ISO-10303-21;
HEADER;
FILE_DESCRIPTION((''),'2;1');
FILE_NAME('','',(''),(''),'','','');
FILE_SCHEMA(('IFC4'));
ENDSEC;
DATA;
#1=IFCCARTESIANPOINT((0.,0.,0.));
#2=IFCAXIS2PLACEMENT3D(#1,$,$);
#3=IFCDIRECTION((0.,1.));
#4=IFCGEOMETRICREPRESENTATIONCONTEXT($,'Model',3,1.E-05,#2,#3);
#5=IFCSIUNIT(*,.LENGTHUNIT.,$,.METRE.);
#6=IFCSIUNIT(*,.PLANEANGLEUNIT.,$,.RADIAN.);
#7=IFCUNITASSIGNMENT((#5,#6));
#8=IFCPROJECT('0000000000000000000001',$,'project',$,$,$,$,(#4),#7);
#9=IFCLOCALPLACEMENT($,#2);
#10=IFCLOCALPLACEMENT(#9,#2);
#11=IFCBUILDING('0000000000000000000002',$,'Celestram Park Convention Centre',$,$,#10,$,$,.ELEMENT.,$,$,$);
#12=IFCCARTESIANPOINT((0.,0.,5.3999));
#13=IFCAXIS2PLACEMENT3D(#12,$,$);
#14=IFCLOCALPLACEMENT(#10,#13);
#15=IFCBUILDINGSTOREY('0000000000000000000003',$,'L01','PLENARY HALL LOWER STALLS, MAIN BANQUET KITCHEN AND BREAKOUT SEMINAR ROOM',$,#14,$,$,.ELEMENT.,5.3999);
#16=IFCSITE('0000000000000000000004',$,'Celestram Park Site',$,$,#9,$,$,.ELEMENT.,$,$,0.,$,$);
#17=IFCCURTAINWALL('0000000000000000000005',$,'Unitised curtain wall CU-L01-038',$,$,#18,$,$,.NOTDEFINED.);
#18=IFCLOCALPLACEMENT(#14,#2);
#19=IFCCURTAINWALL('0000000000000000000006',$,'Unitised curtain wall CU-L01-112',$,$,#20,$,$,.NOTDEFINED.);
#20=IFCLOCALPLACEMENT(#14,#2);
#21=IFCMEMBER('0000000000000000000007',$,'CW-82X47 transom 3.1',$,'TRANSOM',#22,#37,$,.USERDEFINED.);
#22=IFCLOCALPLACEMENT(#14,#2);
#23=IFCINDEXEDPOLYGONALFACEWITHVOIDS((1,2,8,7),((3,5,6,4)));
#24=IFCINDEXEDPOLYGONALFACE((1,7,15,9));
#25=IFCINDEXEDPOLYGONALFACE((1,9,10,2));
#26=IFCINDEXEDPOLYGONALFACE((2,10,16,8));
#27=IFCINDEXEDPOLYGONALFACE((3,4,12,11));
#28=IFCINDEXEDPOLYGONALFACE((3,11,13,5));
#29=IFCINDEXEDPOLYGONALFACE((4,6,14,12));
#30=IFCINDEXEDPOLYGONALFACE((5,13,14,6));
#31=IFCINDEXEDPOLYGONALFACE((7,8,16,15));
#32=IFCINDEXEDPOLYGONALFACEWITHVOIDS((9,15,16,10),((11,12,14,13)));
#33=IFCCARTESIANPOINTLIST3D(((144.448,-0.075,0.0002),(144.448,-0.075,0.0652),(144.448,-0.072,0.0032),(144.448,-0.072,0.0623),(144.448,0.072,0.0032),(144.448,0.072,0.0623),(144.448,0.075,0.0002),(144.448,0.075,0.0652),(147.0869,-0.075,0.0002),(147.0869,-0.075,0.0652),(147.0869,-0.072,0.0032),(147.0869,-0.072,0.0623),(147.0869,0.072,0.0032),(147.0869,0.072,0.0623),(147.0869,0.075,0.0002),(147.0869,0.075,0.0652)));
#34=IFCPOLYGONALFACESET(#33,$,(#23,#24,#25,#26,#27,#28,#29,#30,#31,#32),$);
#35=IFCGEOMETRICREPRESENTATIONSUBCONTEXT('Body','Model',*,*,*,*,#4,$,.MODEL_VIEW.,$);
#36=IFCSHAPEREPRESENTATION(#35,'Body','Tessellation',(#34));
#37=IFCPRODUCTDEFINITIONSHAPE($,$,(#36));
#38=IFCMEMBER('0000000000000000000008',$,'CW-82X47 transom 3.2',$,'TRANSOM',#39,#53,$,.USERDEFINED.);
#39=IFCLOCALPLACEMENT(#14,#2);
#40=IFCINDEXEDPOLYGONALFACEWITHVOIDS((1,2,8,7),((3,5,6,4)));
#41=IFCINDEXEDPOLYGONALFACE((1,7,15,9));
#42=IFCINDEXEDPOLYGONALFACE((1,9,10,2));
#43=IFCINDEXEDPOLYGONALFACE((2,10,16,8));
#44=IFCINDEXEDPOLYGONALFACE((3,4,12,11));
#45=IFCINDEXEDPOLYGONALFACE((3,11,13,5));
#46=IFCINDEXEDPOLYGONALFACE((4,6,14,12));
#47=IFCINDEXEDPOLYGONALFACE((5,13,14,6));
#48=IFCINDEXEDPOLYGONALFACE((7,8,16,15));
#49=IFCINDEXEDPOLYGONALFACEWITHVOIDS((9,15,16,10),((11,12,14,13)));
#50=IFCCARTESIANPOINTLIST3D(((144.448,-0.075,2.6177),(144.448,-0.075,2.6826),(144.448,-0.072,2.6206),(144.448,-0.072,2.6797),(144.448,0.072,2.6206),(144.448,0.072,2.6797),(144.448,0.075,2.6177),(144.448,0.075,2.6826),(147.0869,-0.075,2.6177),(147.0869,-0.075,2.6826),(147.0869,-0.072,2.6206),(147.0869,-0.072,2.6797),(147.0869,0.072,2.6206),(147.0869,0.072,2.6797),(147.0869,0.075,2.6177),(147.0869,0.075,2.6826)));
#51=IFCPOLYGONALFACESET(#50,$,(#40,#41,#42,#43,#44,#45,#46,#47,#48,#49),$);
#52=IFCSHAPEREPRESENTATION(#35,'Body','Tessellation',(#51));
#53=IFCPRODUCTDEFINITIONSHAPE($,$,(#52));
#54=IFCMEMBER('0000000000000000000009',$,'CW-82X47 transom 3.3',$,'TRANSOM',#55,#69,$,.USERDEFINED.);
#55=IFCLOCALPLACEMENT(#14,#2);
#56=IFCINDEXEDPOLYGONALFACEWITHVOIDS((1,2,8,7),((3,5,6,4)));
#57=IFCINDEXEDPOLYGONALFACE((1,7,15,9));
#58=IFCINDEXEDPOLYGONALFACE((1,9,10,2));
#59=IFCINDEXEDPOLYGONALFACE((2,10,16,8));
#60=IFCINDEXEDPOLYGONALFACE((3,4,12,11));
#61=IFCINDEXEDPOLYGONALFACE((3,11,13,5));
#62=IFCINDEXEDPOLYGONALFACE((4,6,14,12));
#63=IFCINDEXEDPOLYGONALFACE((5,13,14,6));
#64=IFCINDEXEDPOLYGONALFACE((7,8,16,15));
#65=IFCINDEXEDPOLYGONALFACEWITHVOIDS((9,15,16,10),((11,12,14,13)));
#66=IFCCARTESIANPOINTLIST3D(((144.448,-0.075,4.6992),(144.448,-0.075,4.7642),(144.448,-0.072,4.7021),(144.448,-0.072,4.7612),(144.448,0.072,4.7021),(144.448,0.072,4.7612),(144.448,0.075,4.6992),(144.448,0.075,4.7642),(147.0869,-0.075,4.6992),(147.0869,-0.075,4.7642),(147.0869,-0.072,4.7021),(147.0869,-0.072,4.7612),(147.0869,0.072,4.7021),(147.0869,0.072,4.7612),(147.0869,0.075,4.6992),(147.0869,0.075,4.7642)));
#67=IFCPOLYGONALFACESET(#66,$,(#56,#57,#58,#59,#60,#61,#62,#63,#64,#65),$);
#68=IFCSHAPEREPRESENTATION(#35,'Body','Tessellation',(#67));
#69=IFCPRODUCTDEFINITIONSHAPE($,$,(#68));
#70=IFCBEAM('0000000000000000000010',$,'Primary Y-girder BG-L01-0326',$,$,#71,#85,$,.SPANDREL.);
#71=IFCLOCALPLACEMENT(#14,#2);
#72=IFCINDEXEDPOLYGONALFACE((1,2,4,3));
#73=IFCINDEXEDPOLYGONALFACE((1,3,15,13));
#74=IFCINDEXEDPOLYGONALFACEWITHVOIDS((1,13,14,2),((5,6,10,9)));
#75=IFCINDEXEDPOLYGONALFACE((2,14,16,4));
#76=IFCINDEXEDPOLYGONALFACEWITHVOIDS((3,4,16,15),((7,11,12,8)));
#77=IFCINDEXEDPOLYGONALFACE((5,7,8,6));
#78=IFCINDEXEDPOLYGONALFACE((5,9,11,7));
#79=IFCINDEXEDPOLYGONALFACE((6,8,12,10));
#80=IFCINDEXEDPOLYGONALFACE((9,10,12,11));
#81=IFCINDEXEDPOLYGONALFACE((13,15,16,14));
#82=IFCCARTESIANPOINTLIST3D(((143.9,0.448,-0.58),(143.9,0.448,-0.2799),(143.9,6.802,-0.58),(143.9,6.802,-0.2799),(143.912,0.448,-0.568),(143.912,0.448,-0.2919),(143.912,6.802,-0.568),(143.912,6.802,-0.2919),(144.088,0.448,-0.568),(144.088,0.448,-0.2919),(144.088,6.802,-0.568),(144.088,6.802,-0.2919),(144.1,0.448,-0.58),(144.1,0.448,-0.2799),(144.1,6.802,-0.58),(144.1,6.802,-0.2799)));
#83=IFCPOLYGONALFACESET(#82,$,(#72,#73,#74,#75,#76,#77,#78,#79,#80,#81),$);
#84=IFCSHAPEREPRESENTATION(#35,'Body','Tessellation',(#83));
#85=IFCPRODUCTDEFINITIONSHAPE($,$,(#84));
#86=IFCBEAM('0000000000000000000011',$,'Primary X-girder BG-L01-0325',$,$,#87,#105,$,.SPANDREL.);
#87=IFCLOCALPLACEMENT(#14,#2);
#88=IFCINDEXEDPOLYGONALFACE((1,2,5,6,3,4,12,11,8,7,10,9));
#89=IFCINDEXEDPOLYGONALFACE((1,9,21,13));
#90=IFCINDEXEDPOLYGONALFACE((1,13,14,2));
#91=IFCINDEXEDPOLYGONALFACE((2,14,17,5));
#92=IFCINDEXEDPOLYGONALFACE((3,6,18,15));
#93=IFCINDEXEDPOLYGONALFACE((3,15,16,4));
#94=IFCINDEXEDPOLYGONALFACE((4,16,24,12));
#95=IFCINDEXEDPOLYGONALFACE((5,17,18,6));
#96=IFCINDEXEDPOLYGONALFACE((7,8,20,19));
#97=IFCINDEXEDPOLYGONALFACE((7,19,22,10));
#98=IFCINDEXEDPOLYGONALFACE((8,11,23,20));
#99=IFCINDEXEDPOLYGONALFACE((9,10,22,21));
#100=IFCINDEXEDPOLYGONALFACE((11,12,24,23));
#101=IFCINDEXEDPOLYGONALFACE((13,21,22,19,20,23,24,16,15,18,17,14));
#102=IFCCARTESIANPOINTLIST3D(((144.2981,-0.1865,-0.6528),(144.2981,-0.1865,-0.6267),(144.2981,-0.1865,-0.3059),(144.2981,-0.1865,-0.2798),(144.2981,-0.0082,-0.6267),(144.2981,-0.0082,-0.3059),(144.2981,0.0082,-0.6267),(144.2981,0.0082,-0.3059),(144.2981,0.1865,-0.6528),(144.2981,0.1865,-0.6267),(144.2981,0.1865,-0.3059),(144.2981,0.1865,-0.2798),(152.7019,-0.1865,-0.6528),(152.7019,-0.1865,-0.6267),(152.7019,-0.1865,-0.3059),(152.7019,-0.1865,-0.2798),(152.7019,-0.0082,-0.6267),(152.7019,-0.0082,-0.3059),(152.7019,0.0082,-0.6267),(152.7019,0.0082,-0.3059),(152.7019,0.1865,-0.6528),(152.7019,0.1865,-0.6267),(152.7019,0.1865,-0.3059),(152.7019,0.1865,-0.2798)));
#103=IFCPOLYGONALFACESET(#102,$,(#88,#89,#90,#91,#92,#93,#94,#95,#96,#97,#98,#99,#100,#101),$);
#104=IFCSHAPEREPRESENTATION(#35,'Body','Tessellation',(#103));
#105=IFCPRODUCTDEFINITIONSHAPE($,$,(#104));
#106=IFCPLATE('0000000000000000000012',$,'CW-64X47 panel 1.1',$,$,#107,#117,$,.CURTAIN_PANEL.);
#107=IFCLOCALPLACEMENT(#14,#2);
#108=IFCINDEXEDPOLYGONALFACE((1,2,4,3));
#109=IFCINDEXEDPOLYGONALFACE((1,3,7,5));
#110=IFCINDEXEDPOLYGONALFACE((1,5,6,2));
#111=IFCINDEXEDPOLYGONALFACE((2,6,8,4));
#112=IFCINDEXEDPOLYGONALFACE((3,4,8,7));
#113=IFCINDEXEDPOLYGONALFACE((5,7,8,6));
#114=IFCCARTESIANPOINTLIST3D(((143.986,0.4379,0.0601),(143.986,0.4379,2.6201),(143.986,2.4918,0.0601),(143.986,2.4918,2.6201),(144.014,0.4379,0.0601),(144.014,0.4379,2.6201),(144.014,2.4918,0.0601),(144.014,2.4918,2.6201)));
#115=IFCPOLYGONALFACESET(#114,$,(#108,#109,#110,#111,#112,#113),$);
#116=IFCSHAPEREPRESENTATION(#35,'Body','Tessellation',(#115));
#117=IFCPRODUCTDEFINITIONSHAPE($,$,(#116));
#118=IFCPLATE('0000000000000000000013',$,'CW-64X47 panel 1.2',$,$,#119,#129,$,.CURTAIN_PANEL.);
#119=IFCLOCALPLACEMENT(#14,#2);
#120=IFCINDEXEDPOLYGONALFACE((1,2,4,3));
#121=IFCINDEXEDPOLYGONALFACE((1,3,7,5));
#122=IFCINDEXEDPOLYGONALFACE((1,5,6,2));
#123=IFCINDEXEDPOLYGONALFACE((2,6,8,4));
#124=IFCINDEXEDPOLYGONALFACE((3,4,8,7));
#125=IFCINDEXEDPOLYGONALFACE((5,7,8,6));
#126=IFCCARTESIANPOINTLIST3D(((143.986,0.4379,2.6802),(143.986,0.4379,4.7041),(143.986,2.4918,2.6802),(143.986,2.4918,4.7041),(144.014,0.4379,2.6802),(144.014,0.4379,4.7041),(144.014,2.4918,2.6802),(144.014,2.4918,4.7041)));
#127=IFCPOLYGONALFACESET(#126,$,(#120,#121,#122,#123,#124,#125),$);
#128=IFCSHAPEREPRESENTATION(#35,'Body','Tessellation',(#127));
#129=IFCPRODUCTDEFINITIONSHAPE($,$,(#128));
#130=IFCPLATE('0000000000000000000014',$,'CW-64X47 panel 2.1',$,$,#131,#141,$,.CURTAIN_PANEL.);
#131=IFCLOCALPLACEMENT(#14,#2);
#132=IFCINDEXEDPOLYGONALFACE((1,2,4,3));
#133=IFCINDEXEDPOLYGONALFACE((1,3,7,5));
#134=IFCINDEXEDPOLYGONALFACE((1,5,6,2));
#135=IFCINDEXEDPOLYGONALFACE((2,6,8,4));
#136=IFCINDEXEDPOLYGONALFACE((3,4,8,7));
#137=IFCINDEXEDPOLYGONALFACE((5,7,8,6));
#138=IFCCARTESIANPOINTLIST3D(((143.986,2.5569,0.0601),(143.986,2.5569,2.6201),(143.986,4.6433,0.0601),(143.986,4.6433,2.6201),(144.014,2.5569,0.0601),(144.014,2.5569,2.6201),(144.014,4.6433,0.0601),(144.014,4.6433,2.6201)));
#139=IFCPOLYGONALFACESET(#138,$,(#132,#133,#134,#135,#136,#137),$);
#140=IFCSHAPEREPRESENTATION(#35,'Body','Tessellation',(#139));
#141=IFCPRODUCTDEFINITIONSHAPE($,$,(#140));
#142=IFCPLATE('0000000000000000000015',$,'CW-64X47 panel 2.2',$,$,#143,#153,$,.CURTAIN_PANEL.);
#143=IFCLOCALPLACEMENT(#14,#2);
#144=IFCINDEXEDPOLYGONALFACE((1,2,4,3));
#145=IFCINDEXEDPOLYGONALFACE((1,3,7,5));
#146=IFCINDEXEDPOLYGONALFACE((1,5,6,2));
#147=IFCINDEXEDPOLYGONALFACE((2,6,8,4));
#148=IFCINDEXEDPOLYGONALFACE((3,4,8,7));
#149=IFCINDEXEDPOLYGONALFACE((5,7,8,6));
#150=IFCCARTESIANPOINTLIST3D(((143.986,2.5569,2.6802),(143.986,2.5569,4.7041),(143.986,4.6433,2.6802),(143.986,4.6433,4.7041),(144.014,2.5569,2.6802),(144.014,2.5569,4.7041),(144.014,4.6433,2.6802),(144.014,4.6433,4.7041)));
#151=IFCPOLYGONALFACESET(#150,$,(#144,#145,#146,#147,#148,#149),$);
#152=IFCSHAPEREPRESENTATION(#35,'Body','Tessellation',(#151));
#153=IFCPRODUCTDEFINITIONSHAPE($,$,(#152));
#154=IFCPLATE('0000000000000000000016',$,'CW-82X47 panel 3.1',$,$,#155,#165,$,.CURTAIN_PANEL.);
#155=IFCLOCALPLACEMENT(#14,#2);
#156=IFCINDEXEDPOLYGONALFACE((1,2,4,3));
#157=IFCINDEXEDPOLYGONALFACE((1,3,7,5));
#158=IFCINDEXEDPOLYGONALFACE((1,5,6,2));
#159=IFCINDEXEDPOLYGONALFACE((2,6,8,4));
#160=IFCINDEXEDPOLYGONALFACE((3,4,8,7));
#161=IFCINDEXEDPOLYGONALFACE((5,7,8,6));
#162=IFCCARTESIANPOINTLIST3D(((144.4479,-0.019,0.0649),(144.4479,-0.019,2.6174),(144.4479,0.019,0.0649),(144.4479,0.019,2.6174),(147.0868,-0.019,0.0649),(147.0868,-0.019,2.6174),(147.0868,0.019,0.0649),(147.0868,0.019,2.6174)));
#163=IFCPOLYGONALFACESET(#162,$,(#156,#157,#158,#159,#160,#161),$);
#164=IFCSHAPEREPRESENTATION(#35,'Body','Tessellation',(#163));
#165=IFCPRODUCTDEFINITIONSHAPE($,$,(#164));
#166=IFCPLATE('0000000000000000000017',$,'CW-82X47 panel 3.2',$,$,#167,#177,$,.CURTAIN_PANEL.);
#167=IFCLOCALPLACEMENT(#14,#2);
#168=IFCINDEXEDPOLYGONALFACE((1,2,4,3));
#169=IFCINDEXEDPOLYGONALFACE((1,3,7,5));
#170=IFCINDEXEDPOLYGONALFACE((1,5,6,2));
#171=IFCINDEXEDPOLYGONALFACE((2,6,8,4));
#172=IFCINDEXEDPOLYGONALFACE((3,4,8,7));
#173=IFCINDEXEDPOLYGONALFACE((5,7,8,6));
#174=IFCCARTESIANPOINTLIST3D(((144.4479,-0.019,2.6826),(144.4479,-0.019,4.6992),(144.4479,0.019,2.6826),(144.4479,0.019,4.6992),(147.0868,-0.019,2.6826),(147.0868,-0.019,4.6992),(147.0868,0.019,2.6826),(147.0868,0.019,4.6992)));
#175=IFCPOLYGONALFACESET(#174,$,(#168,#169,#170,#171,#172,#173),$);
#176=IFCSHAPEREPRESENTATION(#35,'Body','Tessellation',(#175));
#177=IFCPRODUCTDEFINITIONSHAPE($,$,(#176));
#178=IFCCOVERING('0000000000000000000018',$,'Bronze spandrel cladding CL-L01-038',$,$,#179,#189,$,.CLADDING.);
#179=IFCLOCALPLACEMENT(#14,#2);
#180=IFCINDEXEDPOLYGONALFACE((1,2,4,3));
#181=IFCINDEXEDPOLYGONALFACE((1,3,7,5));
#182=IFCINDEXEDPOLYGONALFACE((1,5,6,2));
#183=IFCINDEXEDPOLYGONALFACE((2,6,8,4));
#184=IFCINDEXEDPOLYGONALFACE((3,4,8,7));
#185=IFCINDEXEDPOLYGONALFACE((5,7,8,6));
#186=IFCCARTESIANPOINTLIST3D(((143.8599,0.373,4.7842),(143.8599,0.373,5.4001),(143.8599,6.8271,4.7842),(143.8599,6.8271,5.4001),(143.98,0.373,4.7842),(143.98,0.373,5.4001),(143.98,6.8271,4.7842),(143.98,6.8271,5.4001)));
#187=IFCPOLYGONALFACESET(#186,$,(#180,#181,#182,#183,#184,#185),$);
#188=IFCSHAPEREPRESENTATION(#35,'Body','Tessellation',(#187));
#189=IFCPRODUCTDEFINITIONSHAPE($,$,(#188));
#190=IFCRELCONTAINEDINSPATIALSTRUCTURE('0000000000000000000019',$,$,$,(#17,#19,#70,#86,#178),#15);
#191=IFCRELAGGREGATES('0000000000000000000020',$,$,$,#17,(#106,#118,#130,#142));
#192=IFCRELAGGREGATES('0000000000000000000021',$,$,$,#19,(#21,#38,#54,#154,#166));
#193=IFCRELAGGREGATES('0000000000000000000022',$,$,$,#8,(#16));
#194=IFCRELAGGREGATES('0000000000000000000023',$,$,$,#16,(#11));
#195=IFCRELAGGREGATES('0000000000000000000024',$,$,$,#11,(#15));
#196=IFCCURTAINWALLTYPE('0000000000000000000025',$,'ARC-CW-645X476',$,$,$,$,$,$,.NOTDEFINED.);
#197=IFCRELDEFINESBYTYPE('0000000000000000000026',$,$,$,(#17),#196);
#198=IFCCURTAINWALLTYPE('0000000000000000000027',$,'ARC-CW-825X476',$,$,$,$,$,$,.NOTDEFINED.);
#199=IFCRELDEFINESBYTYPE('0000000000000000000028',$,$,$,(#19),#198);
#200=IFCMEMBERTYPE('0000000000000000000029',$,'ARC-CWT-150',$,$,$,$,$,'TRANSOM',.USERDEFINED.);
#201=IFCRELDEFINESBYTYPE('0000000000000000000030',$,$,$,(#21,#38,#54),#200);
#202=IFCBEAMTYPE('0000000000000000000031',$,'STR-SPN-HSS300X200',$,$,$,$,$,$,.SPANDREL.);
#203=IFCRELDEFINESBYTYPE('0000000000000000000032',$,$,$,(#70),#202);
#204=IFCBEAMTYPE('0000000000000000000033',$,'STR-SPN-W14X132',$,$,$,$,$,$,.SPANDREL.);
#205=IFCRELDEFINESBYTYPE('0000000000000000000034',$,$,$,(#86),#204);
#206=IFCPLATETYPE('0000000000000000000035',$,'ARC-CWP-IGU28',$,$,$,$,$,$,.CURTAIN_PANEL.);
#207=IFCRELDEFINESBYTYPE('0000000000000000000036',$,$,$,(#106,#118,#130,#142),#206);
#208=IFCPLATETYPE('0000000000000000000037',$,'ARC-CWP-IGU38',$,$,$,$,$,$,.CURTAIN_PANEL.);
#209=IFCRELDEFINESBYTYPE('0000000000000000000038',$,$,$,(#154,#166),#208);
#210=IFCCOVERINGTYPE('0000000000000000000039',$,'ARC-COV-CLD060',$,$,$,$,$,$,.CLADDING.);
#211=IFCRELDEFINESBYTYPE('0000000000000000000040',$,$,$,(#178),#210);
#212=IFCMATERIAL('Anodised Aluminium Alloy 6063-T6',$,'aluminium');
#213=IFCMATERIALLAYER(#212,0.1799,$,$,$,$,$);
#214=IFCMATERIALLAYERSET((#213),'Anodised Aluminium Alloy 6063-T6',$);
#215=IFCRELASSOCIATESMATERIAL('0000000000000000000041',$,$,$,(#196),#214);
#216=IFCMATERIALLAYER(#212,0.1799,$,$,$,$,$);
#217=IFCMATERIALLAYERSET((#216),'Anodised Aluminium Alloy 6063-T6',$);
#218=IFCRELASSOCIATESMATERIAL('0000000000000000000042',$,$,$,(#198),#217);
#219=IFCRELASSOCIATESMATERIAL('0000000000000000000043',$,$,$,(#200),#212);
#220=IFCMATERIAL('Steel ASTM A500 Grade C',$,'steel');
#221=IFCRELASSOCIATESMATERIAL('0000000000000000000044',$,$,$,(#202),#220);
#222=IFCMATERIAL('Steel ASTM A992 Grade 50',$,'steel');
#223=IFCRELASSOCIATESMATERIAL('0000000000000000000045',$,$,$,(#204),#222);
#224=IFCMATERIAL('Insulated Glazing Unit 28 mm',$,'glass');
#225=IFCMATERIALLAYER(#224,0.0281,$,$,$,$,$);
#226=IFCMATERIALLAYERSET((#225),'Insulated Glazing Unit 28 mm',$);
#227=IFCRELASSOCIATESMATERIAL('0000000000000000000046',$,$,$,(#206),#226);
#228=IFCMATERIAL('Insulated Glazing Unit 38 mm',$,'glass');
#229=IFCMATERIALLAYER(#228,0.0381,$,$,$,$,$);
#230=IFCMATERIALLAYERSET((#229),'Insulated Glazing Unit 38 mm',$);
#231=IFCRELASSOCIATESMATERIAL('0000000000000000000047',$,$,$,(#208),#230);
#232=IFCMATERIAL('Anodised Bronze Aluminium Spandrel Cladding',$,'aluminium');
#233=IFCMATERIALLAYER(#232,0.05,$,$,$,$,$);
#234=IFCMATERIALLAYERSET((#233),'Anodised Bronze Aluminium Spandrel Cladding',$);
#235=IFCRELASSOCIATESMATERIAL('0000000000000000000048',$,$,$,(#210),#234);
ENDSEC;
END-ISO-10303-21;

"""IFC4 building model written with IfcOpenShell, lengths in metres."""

from ifc_helpers import new_model, si_unit, direction, frame, origin, origin_2d, place, context, subcontext, project, spatial, rectangle, hollow_rectangle, i_section, extrude, material, layer, layer_set, material_profile, profile_set, type_object, element, aggregate, save


model = new_model("IFC4")

# Units and contexts
model_context = context("Model", 3, precision=1e-05, world=origin(), true_north=direction((0.0, 1.0)))
body_context = subcontext(model_context, "Body", "Model", "MODEL_VIEW")
ifc_project = project(units=[si_unit("LENGTHUNIT", "METRE"), si_unit("PLANEANGLEUNIT", "RADIAN")], contexts=[model_context])

# Site, building, storey
site_placement = place(None, origin())
site = spatial("IfcSite", under=ifc_project, at=site_placement, Name="Celestram Park Site", CompositionType="ELEMENT", RefElevation=0.0)
building_placement = place(site_placement, origin())
building = spatial("IfcBuilding", under=site, at=building_placement, Name="Celestram Park Convention Centre", CompositionType="ELEMENT")
storey_placement = place(building_placement, frame((0.0, 0.0, 5.3999)))
storey = spatial("IfcBuildingStorey", under=building, at=storey_placement, Name="L01", Description="PLENARY HALL LOWER STALLS, MAIN BANQUET KITCHEN AND BREAKOUT SEMINAR ROOM", CompositionType="ELEMENT", Elevation=5.3999)

# Curtain walls
ifc_material_1 = material(Name="Anodised Aluminium Alloy 6063-T6", Category="aluminium")
ifc_layer_1 = layer(ifc_material_1, 0.1799)
ifc_layer_set_1 = layer_set([ifc_layer_1], Name="Anodised Aluminium Alloy 6063-T6")
curtain_wall_type_1 = type_object("IfcCurtainWallType", Name="ARC-CW-645X476", PredefinedType="NOTDEFINED", material=ifc_layer_set_1)
curtain_wall_1_placement = place(storey_placement, origin())
curtain_wall_1 = element("IfcCurtainWall", 1, at=curtain_wall_1_placement, inside=storey, type_object=curtain_wall_type_1, Name="Unitised curtain wall CU-L01-038", PredefinedType="NOTDEFINED")
ifc_layer_2 = layer(ifc_material_1, 0.1799)
ifc_layer_set_2 = layer_set([ifc_layer_2], Name="Anodised Aluminium Alloy 6063-T6")
curtain_wall_type_2 = type_object("IfcCurtainWallType", Name="ARC-CW-825X476", PredefinedType="NOTDEFINED", material=ifc_layer_set_2)
curtain_wall_2_placement = place(storey_placement, origin())
curtain_wall_2 = element("IfcCurtainWall", 2, at=curtain_wall_2_placement, inside=storey, type_object=curtain_wall_type_2, Name="Unitised curtain wall CU-L01-112", PredefinedType="NOTDEFINED")

# Members
ifc_material_profile_1 = material_profile(ifc_material_1, hollow_rectangle(XDim=0.1499, YDim=0.0649, WallThickness=0.0029, at=origin_2d()), Name="ALU150X65X3")
ifc_profile_set_1 = profile_set([ifc_material_profile_1], Name="Anodised Aluminium Alloy 6063-T6")
member_type_1 = type_object("IfcMemberType", Name="ARC-CWT-150", ElementType="TRANSOM", PredefinedType="USERDEFINED", material=ifc_profile_set_1)
member_1_placement = place(storey_placement, frame((147.0869, 0.0, 0.0327), z_axis=(-1.0, 0.0, 0.0), x_axis=(0.0, -1.0, 0.0)))
member_1 = element("IfcMember", 3, at=member_1_placement, type_object=member_type_1, Name="CW-82X47 transom 3.1", ObjectType="TRANSOM", PredefinedType="USERDEFINED", context=body_context, shape_type="SweptSolid", body=[
    extrude(hollow_rectangle(XDim=0.1499, YDim=0.0649, WallThickness=0.0029, at=origin_2d()), origin(), (0.0, 0.0, 1.0), 2.6389),
])
member_2_placement = place(storey_placement, frame((147.0869, 0.0, 2.6501), z_axis=(-1.0, 0.0, 0.0), x_axis=(0.0, -1.0, 0.0)))
member_2 = element("IfcMember", 4, at=member_2_placement, type_object=member_type_1, Name="CW-82X47 transom 3.2", ObjectType="TRANSOM", PredefinedType="USERDEFINED", context=body_context, shape_type="SweptSolid", body=[
    extrude(hollow_rectangle(XDim=0.1499, YDim=0.0649, WallThickness=0.0029, at=origin_2d()), origin(), (0.0, 0.0, 1.0), 2.6389),
])
member_3_placement = place(storey_placement, frame((147.0869, 0.0, 4.7317), z_axis=(-1.0, 0.0, 0.0), x_axis=(0.0, -1.0, 0.0)))
member_3 = element("IfcMember", 5, at=member_3_placement, type_object=member_type_1, Name="CW-82X47 transom 3.3", ObjectType="TRANSOM", PredefinedType="USERDEFINED", context=body_context, shape_type="SweptSolid", body=[
    extrude(hollow_rectangle(XDim=0.1499, YDim=0.0649, WallThickness=0.0029, at=origin_2d()), origin(), (0.0, 0.0, 1.0), 2.6389),
])

# Beams
ifc_material_2 = material(Name="Steel ASTM A500 Grade C", Category="steel")
ifc_material_profile_2 = material_profile(ifc_material_2, hollow_rectangle(XDim=0.2, YDim=0.3, WallThickness=0.012, at=origin_2d()), Name="HSS300X200X12")
ifc_profile_set_2 = profile_set([ifc_material_profile_2], Name="Steel ASTM A500 Grade C")
beam_type_1 = type_object("IfcBeamType", Name="STR-SPN-HSS300X200", PredefinedType="SPANDREL", material=ifc_profile_set_2)
beam_1_placement = place(storey_placement, frame((144.0, 0.448, -0.4299), z_axis=(0.0, 1.0, 0.0), x_axis=(-1.0, 0.0, 0.0)))
element("IfcBeam", 6, at=beam_1_placement, inside=storey, type_object=beam_type_1, Name="Primary Y-girder BG-L01-0326", PredefinedType="SPANDREL", context=body_context, shape_type="SweptSolid", body=[
    extrude(hollow_rectangle(XDim=0.2, YDim=0.3, WallThickness=0.012, at=origin_2d()), origin(), (0.0, 0.0, 1.0), 6.354),
])
ifc_material_3 = material(Name="Steel ASTM A992 Grade 50", Category="steel")
ifc_material_profile_3 = material_profile(ifc_material_3, i_section(OverallWidth=0.373, OverallDepth=0.373, WebThickness=0.0164, FlangeThickness=0.0261, at=origin_2d()), Name="W14X132")
ifc_profile_set_3 = profile_set([ifc_material_profile_3], Name="Steel ASTM A992 Grade 50")
beam_type_2 = type_object("IfcBeamType", Name="STR-SPN-W14X132", PredefinedType="SPANDREL", material=ifc_profile_set_3)
beam_2_placement = place(storey_placement, frame((144.2981, 0.0, -0.4663), z_axis=(1.0, 0.0, 0.0), x_axis=(0.0, 1.0, 0.0)))
element("IfcBeam", 7, at=beam_2_placement, inside=storey, type_object=beam_type_2, Name="Primary X-girder BG-L01-0325", PredefinedType="SPANDREL", context=body_context, shape_type="SweptSolid", body=[
    extrude(i_section(OverallWidth=0.373, OverallDepth=0.373, WebThickness=0.0164, FlangeThickness=0.0261, at=origin_2d()), origin(), (0.0, 0.0, 1.0), 8.4038),
])

# Plates
ifc_material_4 = material(Name="Insulated Glazing Unit 28 mm", Category="glass")
ifc_layer_3 = layer(ifc_material_4, 0.0281)
ifc_layer_set_3 = layer_set([ifc_layer_3], Name="Insulated Glazing Unit 28 mm")
plate_type_1 = type_object("IfcPlateType", Name="ARC-CWP-IGU28", PredefinedType="CURTAIN_PANEL", material=ifc_layer_set_3)
plate_1_placement = place(storey_placement, frame((144.0, 1.4648, 0.0601), z_axis=(0.0, 0.0, 1.0), x_axis=(0.0, 1.0, 0.0)))
plate_1 = element("IfcPlate", 8, at=plate_1_placement, type_object=plate_type_1, Name="CW-64X47 panel 1.1", PredefinedType="CURTAIN_PANEL", context=body_context, shape_type="SweptSolid", body=[
    extrude(rectangle(XDim=2.054, YDim=0.0281, at=origin_2d()), origin(), (0.0, 0.0, 1.0), 2.5601),
])
plate_2_placement = place(storey_placement, frame((144.0, 1.4648, 2.6802), z_axis=(0.0, 0.0, 1.0), x_axis=(0.0, 1.0, 0.0)))
plate_2 = element("IfcPlate", 9, at=plate_2_placement, type_object=plate_type_1, Name="CW-64X47 panel 1.2", PredefinedType="CURTAIN_PANEL", context=body_context, shape_type="SweptSolid", body=[
    extrude(rectangle(XDim=2.054, YDim=0.0281, at=origin_2d()), origin(), (0.0, 0.0, 1.0), 2.0239),
])
plate_3_placement = place(storey_placement, frame((144.0, 3.6001, 0.0601), z_axis=(0.0, 0.0, 1.0), x_axis=(0.0, 1.0, 0.0)))
plate_3 = element("IfcPlate", 10, at=plate_3_placement, type_object=plate_type_1, Name="CW-64X47 panel 2.1", PredefinedType="CURTAIN_PANEL", context=body_context, shape_type="SweptSolid", body=[
    extrude(rectangle(XDim=2.0864, YDim=0.0281, at=origin_2d()), origin(), (0.0, 0.0, 1.0), 2.5601),
])
plate_4_placement = place(storey_placement, frame((144.0, 3.6001, 2.6802), z_axis=(0.0, 0.0, 1.0), x_axis=(0.0, 1.0, 0.0)))
plate_4 = element("IfcPlate", 11, at=plate_4_placement, type_object=plate_type_1, Name="CW-64X47 panel 2.2", PredefinedType="CURTAIN_PANEL", context=body_context, shape_type="SweptSolid", body=[
    extrude(rectangle(XDim=2.0864, YDim=0.0281, at=origin_2d()), origin(), (0.0, 0.0, 1.0), 2.0239),
])
aggregate(curtain_wall_1, [plate_1, plate_2, plate_3, plate_4])
ifc_material_5 = material(Name="Insulated Glazing Unit 38 mm", Category="glass")
ifc_layer_4 = layer(ifc_material_5, 0.0381)
ifc_layer_set_4 = layer_set([ifc_layer_4], Name="Insulated Glazing Unit 38 mm")
plate_type_2 = type_object("IfcPlateType", Name="ARC-CWP-IGU38", PredefinedType="CURTAIN_PANEL", material=ifc_layer_set_4)
plate_5_placement = place(storey_placement, frame((145.7673, 0.0, 0.0649), z_axis=(0.0, 0.0, 1.0), x_axis=(-1.0, 0.0, 0.0)))
plate_5 = element("IfcPlate", 12, at=plate_5_placement, type_object=plate_type_2, Name="CW-82X47 panel 3.1", PredefinedType="CURTAIN_PANEL", context=body_context, shape_type="SweptSolid", body=[
    extrude(rectangle(XDim=2.6389, YDim=0.0381, at=origin_2d()), origin(), (0.0, 0.0, 1.0), 2.5525),
])
plate_6_placement = place(storey_placement, frame((145.7673, 0.0, 2.6826), z_axis=(0.0, 0.0, 1.0), x_axis=(-1.0, 0.0, 0.0)))
plate_6 = element("IfcPlate", 13, at=plate_6_placement, type_object=plate_type_2, Name="CW-82X47 panel 3.2", PredefinedType="CURTAIN_PANEL", context=body_context, shape_type="SweptSolid", body=[
    extrude(rectangle(XDim=2.6389, YDim=0.0381, at=origin_2d()), origin(), (0.0, 0.0, 1.0), 2.0166),
])
aggregate(curtain_wall_2, [member_1, member_2, member_3, plate_5, plate_6])

# Covering
ifc_material_6 = material(Name="Anodised Bronze Aluminium Spandrel Cladding", Category="aluminium")
ifc_layer_5 = layer(ifc_material_6, 0.05)
ifc_layer_set_5 = layer_set([ifc_layer_5], Name="Anodised Bronze Aluminium Spandrel Cladding")
covering_type_1 = type_object("IfcCoveringType", Name="ARC-COV-CLD060", PredefinedType="CLADDING", material=ifc_layer_set_5)
covering_1_placement = place(storey_placement, frame((143.9199, 3.6001, 4.7842), z_axis=(0.0, 0.0, 1.0), x_axis=(0.0, 1.0, 0.0)))
element("IfcCovering", 14, at=covering_1_placement, inside=storey, type_object=covering_type_1, Name="Bronze spandrel cladding CL-L01-038", PredefinedType="CLADDING", context=body_context, shape_type="SweptSolid", body=[
    extrude(rectangle(XDim=6.4541, YDim=0.1201, at=origin_2d()), origin(), (0.0, 0.0, 1.0), 0.616),
])

save(model, "model.ifc")
